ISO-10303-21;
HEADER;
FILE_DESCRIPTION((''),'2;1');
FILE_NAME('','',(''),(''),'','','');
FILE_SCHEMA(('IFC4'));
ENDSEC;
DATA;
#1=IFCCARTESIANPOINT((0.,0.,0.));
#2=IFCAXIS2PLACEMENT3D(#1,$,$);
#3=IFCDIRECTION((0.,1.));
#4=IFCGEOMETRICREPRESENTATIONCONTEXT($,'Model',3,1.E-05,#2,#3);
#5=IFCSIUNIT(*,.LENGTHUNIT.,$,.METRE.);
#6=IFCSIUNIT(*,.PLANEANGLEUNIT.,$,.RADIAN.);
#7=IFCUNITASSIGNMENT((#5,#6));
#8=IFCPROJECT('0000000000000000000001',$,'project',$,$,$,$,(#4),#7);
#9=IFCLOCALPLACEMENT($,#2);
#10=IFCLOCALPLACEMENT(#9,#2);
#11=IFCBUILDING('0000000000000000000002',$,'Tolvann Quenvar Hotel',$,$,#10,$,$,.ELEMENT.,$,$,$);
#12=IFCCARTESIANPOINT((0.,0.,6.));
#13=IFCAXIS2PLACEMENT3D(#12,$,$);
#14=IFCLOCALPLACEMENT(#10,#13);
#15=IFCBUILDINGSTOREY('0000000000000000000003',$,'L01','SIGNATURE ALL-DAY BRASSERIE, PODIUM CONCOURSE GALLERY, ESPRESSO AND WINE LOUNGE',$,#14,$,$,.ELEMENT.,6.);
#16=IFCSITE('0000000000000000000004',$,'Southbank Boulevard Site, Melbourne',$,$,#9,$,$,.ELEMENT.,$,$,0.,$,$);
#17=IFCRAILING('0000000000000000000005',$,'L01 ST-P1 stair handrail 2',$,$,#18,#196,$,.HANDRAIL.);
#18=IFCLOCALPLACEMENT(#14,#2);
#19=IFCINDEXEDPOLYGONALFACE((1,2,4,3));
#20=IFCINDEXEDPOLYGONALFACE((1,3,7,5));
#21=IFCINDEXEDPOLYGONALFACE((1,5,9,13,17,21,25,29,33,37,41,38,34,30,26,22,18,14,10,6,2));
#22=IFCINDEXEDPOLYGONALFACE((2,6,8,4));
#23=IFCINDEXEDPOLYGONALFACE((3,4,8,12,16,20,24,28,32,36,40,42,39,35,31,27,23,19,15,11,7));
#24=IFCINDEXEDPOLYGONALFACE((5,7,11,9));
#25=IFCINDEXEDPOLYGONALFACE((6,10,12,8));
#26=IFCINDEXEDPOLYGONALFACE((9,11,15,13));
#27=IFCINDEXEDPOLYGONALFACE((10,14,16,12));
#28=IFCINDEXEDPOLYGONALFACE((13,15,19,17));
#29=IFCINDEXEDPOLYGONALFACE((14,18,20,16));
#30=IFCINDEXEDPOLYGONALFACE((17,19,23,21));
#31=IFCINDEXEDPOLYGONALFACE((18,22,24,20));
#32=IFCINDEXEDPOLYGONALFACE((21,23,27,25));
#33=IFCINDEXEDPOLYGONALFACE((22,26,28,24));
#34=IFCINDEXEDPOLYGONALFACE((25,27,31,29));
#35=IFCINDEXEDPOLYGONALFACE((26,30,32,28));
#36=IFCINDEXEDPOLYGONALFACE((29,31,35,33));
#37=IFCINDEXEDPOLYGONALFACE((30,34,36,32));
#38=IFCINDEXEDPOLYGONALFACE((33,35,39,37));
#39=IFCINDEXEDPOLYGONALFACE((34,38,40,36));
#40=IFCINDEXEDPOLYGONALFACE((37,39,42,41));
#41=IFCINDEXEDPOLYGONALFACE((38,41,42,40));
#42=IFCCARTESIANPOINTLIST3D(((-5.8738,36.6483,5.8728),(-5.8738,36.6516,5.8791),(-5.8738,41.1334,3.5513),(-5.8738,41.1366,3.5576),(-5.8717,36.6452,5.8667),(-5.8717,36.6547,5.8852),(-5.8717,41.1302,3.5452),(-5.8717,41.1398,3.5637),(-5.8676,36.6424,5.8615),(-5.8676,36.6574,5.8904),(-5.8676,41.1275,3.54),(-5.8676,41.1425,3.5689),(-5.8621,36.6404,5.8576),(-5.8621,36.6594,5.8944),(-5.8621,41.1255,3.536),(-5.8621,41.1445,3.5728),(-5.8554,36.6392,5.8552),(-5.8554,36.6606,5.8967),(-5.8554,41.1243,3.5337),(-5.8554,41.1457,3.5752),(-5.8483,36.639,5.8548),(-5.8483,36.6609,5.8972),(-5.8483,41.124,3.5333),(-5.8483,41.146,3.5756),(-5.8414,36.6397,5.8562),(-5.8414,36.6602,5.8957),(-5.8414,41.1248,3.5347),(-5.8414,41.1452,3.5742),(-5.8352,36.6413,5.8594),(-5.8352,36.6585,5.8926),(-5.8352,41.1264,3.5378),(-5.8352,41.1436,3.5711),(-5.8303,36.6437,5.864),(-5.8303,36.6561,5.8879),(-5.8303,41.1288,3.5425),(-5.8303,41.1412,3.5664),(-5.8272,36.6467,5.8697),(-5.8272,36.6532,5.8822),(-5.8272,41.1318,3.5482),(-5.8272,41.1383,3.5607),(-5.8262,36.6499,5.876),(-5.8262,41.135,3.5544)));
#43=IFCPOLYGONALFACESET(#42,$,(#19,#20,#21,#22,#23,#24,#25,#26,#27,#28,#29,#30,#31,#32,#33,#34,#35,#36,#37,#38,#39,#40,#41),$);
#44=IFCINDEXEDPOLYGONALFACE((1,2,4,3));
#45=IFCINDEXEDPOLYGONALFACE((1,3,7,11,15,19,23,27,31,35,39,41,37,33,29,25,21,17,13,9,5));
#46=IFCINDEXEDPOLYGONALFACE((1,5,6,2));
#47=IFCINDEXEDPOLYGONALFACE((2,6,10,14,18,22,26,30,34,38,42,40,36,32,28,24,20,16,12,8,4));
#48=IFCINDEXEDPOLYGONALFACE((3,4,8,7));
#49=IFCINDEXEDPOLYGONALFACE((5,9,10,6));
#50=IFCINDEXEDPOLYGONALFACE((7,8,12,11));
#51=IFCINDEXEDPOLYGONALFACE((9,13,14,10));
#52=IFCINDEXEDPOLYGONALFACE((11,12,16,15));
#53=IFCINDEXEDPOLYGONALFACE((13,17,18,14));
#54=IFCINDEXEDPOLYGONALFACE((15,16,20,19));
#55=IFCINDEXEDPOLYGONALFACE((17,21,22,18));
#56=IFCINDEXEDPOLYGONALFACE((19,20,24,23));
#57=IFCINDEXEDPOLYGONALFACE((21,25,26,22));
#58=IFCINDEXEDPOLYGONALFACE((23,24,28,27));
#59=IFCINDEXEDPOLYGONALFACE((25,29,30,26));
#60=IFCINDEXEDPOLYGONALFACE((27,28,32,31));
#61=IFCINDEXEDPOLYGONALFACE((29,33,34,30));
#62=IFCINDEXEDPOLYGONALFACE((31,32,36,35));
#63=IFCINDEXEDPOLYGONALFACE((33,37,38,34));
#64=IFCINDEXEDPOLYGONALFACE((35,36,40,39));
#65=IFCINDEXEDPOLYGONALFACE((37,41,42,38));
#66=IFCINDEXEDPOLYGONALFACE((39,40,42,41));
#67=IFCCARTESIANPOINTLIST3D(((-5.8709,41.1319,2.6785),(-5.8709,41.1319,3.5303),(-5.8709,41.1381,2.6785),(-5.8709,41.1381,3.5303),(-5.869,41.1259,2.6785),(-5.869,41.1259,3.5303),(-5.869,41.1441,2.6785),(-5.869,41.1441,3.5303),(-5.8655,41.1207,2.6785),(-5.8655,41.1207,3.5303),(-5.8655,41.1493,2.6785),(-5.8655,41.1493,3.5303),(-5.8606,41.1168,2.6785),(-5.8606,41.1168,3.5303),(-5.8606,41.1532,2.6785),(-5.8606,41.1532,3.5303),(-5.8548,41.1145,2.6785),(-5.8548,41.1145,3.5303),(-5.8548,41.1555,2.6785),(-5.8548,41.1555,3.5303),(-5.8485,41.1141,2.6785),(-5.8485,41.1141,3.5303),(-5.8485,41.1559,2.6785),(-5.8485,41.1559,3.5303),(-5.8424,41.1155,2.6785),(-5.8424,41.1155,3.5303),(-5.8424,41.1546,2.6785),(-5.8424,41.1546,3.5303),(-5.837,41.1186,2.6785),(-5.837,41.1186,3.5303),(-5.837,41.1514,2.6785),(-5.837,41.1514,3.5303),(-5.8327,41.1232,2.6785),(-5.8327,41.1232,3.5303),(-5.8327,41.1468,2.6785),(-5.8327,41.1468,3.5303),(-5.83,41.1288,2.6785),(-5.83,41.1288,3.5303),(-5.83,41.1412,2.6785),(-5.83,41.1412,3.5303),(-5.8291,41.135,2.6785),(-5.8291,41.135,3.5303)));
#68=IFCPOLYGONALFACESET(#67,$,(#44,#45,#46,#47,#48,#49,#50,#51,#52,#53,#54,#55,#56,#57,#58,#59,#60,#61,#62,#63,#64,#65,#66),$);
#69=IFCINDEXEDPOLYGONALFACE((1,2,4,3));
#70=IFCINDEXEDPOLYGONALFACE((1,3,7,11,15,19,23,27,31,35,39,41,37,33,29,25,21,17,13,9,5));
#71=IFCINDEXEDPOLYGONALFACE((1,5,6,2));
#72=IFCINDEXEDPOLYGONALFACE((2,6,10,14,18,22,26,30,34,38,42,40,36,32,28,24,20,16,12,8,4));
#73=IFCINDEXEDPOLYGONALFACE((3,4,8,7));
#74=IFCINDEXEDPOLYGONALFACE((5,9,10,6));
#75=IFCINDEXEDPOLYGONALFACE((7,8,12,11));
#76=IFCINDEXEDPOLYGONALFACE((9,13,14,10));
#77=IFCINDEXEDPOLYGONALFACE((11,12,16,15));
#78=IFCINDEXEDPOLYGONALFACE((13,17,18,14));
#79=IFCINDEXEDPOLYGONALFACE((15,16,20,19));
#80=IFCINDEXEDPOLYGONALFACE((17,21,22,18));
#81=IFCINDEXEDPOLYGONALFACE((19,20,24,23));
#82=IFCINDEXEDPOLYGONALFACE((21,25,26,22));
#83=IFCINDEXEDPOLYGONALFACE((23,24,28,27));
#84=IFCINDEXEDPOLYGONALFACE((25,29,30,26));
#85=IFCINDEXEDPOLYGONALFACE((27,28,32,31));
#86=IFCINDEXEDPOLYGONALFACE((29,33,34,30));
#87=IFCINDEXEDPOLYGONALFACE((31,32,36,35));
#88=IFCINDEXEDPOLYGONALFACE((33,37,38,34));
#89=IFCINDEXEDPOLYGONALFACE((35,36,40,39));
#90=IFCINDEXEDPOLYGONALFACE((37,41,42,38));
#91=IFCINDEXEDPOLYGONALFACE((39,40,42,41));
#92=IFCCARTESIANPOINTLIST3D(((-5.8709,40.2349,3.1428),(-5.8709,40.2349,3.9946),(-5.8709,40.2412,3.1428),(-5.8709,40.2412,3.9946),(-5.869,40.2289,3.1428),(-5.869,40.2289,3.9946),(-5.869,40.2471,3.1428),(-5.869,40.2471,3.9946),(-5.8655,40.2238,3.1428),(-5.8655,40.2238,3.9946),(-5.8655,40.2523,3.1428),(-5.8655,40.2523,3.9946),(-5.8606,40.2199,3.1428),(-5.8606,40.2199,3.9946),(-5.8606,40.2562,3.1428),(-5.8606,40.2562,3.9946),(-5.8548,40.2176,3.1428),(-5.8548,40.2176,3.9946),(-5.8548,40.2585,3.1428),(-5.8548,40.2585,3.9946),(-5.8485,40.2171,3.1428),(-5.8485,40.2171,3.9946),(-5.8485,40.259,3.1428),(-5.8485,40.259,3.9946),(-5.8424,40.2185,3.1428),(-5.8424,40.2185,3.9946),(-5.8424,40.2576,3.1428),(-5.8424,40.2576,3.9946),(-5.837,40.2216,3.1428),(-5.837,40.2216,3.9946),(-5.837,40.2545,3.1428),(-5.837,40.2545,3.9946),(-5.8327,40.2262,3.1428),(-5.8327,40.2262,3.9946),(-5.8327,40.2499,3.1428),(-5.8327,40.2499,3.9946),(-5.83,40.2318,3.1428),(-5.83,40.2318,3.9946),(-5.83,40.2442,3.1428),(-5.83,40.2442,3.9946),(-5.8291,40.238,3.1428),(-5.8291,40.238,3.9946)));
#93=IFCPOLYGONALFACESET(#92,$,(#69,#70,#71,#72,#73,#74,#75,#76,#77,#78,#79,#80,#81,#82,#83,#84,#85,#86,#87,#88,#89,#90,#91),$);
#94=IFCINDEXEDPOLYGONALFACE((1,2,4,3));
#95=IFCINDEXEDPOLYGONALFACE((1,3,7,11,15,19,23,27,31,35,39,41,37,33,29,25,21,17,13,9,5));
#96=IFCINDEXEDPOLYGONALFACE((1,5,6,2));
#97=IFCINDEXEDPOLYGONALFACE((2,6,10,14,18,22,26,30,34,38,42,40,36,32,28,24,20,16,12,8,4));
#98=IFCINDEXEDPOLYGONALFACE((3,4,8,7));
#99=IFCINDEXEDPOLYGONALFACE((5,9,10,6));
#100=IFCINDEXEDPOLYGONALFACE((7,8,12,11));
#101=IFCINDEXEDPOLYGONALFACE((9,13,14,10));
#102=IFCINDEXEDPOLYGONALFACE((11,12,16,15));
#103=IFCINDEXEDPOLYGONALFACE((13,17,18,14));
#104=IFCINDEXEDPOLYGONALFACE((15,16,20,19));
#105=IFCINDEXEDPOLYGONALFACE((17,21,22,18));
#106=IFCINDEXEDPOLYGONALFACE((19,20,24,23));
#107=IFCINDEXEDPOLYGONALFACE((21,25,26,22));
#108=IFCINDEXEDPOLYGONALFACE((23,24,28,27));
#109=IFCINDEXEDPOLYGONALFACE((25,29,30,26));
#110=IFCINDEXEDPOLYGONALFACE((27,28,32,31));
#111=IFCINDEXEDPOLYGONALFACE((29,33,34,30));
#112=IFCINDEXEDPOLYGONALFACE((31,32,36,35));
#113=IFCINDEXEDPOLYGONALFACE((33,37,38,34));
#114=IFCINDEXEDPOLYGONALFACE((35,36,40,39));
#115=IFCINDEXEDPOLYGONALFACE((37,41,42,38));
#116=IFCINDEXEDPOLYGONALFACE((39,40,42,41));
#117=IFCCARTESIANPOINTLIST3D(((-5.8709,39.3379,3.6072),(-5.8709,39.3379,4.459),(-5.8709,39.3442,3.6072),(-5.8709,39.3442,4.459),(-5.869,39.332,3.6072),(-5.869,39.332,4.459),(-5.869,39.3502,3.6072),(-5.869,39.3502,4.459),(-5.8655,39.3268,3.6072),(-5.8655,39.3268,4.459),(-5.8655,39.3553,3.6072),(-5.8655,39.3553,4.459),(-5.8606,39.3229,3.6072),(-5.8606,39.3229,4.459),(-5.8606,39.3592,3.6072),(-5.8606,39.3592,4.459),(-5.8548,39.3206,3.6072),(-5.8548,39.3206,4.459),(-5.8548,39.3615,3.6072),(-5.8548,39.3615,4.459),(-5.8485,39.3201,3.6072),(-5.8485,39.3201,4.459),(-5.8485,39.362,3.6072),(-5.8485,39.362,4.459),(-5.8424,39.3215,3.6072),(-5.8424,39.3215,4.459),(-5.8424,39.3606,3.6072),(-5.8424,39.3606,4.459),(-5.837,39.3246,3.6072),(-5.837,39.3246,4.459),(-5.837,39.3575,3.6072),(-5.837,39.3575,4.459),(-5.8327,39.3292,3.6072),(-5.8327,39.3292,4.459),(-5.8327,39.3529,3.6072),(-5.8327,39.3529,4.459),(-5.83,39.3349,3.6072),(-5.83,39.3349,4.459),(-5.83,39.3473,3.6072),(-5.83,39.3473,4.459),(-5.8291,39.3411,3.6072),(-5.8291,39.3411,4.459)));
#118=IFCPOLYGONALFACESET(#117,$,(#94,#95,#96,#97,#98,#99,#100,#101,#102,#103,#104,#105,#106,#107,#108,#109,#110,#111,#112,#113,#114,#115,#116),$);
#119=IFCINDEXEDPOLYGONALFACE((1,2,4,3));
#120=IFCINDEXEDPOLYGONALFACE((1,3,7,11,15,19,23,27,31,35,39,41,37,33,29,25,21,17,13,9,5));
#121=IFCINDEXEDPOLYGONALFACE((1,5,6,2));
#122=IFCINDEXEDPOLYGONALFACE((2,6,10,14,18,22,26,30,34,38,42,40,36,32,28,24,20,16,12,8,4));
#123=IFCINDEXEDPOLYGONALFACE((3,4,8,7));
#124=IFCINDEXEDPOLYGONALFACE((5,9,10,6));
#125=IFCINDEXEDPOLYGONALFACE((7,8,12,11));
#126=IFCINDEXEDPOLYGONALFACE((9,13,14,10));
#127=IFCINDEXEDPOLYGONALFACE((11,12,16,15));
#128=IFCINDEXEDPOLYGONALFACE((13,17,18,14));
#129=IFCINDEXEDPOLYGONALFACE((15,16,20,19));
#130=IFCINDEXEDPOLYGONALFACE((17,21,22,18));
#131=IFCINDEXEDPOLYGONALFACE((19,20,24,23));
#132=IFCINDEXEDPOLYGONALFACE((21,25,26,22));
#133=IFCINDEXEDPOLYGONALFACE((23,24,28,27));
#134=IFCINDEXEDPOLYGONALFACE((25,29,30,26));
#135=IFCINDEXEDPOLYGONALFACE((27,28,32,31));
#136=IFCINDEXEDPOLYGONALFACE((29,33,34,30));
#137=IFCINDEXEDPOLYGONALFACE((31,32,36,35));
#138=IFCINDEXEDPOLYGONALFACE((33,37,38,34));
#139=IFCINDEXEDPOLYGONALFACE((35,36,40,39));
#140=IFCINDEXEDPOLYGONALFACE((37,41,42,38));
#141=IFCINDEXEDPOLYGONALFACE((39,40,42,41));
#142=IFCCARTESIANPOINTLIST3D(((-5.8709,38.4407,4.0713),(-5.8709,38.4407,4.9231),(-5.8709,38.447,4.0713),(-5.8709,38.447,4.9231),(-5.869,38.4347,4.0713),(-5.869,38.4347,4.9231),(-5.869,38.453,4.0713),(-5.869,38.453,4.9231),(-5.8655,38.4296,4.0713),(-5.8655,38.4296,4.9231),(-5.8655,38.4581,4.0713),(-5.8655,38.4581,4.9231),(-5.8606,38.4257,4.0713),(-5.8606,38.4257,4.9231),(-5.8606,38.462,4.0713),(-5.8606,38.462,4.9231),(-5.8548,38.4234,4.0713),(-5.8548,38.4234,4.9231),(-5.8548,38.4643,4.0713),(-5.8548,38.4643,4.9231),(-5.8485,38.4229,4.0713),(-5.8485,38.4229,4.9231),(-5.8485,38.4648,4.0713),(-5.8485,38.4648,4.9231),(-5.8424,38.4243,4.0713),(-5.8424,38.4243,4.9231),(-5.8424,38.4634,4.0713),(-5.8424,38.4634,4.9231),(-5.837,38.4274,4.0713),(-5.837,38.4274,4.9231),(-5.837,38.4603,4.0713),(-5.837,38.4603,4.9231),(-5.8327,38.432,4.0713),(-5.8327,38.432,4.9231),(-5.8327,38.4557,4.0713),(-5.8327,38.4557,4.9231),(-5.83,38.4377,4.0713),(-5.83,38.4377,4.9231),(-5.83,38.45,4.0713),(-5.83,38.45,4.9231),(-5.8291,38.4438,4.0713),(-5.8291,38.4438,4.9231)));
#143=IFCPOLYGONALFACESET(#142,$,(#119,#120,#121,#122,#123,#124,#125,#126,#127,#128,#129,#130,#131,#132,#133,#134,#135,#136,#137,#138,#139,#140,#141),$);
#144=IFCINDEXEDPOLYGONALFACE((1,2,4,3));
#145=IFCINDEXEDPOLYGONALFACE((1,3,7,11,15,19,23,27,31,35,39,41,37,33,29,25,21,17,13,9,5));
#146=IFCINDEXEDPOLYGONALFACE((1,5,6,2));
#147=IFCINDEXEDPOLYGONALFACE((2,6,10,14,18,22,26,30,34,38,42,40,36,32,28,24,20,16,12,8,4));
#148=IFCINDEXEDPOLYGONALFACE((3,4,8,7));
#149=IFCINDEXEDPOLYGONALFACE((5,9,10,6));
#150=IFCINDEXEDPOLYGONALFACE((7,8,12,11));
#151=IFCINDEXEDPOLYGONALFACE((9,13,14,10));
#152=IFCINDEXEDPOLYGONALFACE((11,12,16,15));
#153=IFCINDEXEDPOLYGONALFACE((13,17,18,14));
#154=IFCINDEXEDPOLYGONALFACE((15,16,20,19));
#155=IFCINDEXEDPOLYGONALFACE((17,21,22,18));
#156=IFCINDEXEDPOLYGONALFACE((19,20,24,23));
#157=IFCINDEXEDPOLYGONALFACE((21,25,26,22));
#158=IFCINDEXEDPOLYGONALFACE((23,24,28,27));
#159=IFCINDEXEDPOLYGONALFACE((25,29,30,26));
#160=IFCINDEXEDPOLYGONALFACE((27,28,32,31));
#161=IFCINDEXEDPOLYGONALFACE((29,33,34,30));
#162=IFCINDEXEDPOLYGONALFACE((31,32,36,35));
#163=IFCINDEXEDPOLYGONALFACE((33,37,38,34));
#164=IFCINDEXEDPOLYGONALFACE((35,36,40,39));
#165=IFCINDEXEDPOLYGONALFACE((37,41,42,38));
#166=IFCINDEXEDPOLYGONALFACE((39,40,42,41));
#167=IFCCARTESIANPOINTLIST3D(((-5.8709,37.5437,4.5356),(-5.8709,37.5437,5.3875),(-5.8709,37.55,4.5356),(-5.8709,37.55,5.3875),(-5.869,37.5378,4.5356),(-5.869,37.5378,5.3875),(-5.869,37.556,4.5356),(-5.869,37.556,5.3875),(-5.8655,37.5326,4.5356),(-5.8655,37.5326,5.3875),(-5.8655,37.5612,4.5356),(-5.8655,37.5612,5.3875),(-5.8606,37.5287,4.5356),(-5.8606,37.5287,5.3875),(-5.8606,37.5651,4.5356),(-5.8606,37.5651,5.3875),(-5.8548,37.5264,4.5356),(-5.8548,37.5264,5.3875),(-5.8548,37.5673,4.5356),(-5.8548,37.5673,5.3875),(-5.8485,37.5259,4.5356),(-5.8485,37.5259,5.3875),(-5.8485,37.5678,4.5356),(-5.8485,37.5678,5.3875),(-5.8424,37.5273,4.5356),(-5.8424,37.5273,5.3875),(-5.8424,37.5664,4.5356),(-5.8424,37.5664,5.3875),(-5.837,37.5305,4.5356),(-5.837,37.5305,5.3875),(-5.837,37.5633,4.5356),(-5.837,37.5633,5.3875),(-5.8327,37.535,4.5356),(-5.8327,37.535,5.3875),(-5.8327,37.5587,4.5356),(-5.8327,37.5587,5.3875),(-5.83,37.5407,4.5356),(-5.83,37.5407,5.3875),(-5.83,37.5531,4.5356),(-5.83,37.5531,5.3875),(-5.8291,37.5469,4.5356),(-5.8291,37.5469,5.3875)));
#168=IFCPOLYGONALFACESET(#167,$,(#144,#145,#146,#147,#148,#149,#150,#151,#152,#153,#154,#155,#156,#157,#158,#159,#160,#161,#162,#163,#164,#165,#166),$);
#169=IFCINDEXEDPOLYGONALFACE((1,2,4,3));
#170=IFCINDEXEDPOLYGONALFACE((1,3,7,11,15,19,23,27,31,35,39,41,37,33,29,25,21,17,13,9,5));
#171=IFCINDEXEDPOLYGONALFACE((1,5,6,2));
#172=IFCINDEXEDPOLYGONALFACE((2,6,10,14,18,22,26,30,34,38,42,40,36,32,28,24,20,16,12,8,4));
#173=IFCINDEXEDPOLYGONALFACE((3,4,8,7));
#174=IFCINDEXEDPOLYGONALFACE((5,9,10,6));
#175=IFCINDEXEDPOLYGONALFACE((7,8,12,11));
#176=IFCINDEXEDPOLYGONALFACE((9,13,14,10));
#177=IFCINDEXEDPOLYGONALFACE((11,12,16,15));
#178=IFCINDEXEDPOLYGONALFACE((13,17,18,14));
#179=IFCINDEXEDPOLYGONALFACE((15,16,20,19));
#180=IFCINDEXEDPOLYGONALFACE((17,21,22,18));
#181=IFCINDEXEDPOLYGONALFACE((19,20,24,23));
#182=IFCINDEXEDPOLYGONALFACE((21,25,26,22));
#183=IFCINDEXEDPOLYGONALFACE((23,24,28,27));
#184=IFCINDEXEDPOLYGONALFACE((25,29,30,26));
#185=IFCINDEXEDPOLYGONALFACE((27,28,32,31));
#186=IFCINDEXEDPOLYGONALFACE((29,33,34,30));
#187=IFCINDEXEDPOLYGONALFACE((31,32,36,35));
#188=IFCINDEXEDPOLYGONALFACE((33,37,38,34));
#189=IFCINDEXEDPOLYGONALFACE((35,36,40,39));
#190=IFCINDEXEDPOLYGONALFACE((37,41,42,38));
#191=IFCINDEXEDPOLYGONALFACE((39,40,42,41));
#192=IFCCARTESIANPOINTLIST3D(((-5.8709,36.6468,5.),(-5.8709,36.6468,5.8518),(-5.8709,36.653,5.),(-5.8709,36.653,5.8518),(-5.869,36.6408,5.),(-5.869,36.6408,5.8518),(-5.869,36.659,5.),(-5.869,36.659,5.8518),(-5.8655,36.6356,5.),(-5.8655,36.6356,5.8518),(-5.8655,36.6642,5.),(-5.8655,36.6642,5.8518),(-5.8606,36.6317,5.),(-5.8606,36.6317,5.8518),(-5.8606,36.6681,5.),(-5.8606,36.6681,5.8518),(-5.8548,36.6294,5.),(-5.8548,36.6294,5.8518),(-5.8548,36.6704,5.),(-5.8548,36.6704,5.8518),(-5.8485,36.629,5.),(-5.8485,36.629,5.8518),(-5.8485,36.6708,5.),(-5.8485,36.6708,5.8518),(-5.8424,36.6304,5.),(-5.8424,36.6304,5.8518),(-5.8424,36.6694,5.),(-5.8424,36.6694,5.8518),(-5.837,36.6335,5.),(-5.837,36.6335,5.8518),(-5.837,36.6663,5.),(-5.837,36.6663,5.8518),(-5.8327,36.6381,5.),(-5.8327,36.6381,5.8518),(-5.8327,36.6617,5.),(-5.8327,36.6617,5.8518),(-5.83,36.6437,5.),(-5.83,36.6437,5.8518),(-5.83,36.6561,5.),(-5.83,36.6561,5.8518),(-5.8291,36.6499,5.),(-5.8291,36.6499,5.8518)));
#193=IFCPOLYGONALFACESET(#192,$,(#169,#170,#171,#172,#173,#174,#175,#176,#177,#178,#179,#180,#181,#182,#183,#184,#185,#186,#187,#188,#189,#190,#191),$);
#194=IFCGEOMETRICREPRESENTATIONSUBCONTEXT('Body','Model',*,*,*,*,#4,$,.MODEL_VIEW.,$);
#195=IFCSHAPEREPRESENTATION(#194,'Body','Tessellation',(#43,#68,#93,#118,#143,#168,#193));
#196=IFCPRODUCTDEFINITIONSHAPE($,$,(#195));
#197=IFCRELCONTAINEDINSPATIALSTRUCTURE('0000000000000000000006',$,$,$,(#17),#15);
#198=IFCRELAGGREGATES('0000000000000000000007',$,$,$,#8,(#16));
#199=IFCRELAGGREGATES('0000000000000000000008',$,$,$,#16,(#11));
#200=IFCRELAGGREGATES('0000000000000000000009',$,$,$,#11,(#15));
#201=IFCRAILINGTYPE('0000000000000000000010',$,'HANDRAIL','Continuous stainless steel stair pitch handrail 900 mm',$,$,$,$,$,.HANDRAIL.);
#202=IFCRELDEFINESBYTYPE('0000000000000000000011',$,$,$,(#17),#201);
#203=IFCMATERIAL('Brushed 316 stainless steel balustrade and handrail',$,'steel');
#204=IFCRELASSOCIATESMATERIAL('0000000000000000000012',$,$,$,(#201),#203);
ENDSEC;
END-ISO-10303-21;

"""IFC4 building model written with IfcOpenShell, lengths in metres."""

from ifc_helpers import new_model, si_unit, direction, frame, origin, origin_2d, place, context, subcontext, project, spatial, circle, extrude, material, type_object, element, save


model = new_model("IFC4")

# Units and contexts
model_context = context("Model", 3, precision=1e-05, world=origin(), true_north=direction((0.0, 1.0)))
body_context = subcontext(model_context, "Body", "Model", "MODEL_VIEW")
ifc_project = project(units=[si_unit("LENGTHUNIT", "METRE"), si_unit("PLANEANGLEUNIT", "RADIAN")], contexts=[model_context])

# Site, building, storey
site_placement = place(None, origin())
site = spatial("IfcSite", under=ifc_project, at=site_placement, Name="Southbank Boulevard Site, Melbourne", CompositionType="ELEMENT", RefElevation=0.0)
building_placement = place(site_placement, origin())
building = spatial("IfcBuilding", under=site, at=building_placement, Name="Tolvann Quenvar Hotel", CompositionType="ELEMENT")
storey_placement = place(building_placement, frame((0.0, 0.0, 6.0)))
storey = spatial("IfcBuildingStorey", under=building, at=storey_placement, Name="L01", Description="SIGNATURE ALL-DAY BRASSERIE, PODIUM CONCOURSE GALLERY, ESPRESSO AND WINE LOUNGE", CompositionType="ELEMENT", Elevation=6.0)

# Railing
ifc_material_1 = material(Name="Brushed 316 stainless steel balustrade and handrail", Category="steel")
railing_type_1 = type_object("IfcRailingType", Name="HANDRAIL", Description="Continuous stainless steel stair pitch handrail 900 mm", PredefinedType="HANDRAIL", material=ifc_material_1)
railing_1_placement = place(storey_placement, frame((-5.8501, 41.135, 2.6785)))
element("IfcRailing", 1, at=railing_1_placement, inside=storey, type_object=railing_type_1, Name="L01 ST-P1 stair handrail 2", PredefinedType="HANDRAIL", context=body_context, shape_type="SweptSolid", body=[
    extrude(circle(Radius=0.0239, at=origin_2d()), frame((0.0, 0.0, 0.876), z_axis=(0.0, -0.888084, 0.459681), x_axis=(1.0, 0.0, 0.0)), (0.0, 0.0, 1.0), 5.0503),
    extrude(circle(Radius=0.021, at=origin_2d()), origin(), (0.0, 0.0, 1.0), 0.8518),
    extrude(circle(Radius=0.021, at=origin_2d()), frame((0.0, -0.897, 0.4644)), (0.0, 0.0, 1.0), 0.8518),
    extrude(circle(Radius=0.021, at=origin_2d()), frame((0.0, -1.7939, 0.9287)), (0.0, 0.0, 1.0), 0.8518),
    extrude(circle(Radius=0.021, at=origin_2d()), frame((0.0, -2.6912, 1.3928)), (0.0, 0.0, 1.0), 0.8518),
    extrude(circle(Radius=0.021, at=origin_2d()), frame((0.0, -3.5881, 1.8572)), (0.0, 0.0, 1.0), 0.8518),
    extrude(circle(Radius=0.021, at=origin_2d()), frame((0.0, -4.4851, 2.3215)), (0.0, 0.0, 1.0), 0.8518),
])

save(model, "model.ifc")
